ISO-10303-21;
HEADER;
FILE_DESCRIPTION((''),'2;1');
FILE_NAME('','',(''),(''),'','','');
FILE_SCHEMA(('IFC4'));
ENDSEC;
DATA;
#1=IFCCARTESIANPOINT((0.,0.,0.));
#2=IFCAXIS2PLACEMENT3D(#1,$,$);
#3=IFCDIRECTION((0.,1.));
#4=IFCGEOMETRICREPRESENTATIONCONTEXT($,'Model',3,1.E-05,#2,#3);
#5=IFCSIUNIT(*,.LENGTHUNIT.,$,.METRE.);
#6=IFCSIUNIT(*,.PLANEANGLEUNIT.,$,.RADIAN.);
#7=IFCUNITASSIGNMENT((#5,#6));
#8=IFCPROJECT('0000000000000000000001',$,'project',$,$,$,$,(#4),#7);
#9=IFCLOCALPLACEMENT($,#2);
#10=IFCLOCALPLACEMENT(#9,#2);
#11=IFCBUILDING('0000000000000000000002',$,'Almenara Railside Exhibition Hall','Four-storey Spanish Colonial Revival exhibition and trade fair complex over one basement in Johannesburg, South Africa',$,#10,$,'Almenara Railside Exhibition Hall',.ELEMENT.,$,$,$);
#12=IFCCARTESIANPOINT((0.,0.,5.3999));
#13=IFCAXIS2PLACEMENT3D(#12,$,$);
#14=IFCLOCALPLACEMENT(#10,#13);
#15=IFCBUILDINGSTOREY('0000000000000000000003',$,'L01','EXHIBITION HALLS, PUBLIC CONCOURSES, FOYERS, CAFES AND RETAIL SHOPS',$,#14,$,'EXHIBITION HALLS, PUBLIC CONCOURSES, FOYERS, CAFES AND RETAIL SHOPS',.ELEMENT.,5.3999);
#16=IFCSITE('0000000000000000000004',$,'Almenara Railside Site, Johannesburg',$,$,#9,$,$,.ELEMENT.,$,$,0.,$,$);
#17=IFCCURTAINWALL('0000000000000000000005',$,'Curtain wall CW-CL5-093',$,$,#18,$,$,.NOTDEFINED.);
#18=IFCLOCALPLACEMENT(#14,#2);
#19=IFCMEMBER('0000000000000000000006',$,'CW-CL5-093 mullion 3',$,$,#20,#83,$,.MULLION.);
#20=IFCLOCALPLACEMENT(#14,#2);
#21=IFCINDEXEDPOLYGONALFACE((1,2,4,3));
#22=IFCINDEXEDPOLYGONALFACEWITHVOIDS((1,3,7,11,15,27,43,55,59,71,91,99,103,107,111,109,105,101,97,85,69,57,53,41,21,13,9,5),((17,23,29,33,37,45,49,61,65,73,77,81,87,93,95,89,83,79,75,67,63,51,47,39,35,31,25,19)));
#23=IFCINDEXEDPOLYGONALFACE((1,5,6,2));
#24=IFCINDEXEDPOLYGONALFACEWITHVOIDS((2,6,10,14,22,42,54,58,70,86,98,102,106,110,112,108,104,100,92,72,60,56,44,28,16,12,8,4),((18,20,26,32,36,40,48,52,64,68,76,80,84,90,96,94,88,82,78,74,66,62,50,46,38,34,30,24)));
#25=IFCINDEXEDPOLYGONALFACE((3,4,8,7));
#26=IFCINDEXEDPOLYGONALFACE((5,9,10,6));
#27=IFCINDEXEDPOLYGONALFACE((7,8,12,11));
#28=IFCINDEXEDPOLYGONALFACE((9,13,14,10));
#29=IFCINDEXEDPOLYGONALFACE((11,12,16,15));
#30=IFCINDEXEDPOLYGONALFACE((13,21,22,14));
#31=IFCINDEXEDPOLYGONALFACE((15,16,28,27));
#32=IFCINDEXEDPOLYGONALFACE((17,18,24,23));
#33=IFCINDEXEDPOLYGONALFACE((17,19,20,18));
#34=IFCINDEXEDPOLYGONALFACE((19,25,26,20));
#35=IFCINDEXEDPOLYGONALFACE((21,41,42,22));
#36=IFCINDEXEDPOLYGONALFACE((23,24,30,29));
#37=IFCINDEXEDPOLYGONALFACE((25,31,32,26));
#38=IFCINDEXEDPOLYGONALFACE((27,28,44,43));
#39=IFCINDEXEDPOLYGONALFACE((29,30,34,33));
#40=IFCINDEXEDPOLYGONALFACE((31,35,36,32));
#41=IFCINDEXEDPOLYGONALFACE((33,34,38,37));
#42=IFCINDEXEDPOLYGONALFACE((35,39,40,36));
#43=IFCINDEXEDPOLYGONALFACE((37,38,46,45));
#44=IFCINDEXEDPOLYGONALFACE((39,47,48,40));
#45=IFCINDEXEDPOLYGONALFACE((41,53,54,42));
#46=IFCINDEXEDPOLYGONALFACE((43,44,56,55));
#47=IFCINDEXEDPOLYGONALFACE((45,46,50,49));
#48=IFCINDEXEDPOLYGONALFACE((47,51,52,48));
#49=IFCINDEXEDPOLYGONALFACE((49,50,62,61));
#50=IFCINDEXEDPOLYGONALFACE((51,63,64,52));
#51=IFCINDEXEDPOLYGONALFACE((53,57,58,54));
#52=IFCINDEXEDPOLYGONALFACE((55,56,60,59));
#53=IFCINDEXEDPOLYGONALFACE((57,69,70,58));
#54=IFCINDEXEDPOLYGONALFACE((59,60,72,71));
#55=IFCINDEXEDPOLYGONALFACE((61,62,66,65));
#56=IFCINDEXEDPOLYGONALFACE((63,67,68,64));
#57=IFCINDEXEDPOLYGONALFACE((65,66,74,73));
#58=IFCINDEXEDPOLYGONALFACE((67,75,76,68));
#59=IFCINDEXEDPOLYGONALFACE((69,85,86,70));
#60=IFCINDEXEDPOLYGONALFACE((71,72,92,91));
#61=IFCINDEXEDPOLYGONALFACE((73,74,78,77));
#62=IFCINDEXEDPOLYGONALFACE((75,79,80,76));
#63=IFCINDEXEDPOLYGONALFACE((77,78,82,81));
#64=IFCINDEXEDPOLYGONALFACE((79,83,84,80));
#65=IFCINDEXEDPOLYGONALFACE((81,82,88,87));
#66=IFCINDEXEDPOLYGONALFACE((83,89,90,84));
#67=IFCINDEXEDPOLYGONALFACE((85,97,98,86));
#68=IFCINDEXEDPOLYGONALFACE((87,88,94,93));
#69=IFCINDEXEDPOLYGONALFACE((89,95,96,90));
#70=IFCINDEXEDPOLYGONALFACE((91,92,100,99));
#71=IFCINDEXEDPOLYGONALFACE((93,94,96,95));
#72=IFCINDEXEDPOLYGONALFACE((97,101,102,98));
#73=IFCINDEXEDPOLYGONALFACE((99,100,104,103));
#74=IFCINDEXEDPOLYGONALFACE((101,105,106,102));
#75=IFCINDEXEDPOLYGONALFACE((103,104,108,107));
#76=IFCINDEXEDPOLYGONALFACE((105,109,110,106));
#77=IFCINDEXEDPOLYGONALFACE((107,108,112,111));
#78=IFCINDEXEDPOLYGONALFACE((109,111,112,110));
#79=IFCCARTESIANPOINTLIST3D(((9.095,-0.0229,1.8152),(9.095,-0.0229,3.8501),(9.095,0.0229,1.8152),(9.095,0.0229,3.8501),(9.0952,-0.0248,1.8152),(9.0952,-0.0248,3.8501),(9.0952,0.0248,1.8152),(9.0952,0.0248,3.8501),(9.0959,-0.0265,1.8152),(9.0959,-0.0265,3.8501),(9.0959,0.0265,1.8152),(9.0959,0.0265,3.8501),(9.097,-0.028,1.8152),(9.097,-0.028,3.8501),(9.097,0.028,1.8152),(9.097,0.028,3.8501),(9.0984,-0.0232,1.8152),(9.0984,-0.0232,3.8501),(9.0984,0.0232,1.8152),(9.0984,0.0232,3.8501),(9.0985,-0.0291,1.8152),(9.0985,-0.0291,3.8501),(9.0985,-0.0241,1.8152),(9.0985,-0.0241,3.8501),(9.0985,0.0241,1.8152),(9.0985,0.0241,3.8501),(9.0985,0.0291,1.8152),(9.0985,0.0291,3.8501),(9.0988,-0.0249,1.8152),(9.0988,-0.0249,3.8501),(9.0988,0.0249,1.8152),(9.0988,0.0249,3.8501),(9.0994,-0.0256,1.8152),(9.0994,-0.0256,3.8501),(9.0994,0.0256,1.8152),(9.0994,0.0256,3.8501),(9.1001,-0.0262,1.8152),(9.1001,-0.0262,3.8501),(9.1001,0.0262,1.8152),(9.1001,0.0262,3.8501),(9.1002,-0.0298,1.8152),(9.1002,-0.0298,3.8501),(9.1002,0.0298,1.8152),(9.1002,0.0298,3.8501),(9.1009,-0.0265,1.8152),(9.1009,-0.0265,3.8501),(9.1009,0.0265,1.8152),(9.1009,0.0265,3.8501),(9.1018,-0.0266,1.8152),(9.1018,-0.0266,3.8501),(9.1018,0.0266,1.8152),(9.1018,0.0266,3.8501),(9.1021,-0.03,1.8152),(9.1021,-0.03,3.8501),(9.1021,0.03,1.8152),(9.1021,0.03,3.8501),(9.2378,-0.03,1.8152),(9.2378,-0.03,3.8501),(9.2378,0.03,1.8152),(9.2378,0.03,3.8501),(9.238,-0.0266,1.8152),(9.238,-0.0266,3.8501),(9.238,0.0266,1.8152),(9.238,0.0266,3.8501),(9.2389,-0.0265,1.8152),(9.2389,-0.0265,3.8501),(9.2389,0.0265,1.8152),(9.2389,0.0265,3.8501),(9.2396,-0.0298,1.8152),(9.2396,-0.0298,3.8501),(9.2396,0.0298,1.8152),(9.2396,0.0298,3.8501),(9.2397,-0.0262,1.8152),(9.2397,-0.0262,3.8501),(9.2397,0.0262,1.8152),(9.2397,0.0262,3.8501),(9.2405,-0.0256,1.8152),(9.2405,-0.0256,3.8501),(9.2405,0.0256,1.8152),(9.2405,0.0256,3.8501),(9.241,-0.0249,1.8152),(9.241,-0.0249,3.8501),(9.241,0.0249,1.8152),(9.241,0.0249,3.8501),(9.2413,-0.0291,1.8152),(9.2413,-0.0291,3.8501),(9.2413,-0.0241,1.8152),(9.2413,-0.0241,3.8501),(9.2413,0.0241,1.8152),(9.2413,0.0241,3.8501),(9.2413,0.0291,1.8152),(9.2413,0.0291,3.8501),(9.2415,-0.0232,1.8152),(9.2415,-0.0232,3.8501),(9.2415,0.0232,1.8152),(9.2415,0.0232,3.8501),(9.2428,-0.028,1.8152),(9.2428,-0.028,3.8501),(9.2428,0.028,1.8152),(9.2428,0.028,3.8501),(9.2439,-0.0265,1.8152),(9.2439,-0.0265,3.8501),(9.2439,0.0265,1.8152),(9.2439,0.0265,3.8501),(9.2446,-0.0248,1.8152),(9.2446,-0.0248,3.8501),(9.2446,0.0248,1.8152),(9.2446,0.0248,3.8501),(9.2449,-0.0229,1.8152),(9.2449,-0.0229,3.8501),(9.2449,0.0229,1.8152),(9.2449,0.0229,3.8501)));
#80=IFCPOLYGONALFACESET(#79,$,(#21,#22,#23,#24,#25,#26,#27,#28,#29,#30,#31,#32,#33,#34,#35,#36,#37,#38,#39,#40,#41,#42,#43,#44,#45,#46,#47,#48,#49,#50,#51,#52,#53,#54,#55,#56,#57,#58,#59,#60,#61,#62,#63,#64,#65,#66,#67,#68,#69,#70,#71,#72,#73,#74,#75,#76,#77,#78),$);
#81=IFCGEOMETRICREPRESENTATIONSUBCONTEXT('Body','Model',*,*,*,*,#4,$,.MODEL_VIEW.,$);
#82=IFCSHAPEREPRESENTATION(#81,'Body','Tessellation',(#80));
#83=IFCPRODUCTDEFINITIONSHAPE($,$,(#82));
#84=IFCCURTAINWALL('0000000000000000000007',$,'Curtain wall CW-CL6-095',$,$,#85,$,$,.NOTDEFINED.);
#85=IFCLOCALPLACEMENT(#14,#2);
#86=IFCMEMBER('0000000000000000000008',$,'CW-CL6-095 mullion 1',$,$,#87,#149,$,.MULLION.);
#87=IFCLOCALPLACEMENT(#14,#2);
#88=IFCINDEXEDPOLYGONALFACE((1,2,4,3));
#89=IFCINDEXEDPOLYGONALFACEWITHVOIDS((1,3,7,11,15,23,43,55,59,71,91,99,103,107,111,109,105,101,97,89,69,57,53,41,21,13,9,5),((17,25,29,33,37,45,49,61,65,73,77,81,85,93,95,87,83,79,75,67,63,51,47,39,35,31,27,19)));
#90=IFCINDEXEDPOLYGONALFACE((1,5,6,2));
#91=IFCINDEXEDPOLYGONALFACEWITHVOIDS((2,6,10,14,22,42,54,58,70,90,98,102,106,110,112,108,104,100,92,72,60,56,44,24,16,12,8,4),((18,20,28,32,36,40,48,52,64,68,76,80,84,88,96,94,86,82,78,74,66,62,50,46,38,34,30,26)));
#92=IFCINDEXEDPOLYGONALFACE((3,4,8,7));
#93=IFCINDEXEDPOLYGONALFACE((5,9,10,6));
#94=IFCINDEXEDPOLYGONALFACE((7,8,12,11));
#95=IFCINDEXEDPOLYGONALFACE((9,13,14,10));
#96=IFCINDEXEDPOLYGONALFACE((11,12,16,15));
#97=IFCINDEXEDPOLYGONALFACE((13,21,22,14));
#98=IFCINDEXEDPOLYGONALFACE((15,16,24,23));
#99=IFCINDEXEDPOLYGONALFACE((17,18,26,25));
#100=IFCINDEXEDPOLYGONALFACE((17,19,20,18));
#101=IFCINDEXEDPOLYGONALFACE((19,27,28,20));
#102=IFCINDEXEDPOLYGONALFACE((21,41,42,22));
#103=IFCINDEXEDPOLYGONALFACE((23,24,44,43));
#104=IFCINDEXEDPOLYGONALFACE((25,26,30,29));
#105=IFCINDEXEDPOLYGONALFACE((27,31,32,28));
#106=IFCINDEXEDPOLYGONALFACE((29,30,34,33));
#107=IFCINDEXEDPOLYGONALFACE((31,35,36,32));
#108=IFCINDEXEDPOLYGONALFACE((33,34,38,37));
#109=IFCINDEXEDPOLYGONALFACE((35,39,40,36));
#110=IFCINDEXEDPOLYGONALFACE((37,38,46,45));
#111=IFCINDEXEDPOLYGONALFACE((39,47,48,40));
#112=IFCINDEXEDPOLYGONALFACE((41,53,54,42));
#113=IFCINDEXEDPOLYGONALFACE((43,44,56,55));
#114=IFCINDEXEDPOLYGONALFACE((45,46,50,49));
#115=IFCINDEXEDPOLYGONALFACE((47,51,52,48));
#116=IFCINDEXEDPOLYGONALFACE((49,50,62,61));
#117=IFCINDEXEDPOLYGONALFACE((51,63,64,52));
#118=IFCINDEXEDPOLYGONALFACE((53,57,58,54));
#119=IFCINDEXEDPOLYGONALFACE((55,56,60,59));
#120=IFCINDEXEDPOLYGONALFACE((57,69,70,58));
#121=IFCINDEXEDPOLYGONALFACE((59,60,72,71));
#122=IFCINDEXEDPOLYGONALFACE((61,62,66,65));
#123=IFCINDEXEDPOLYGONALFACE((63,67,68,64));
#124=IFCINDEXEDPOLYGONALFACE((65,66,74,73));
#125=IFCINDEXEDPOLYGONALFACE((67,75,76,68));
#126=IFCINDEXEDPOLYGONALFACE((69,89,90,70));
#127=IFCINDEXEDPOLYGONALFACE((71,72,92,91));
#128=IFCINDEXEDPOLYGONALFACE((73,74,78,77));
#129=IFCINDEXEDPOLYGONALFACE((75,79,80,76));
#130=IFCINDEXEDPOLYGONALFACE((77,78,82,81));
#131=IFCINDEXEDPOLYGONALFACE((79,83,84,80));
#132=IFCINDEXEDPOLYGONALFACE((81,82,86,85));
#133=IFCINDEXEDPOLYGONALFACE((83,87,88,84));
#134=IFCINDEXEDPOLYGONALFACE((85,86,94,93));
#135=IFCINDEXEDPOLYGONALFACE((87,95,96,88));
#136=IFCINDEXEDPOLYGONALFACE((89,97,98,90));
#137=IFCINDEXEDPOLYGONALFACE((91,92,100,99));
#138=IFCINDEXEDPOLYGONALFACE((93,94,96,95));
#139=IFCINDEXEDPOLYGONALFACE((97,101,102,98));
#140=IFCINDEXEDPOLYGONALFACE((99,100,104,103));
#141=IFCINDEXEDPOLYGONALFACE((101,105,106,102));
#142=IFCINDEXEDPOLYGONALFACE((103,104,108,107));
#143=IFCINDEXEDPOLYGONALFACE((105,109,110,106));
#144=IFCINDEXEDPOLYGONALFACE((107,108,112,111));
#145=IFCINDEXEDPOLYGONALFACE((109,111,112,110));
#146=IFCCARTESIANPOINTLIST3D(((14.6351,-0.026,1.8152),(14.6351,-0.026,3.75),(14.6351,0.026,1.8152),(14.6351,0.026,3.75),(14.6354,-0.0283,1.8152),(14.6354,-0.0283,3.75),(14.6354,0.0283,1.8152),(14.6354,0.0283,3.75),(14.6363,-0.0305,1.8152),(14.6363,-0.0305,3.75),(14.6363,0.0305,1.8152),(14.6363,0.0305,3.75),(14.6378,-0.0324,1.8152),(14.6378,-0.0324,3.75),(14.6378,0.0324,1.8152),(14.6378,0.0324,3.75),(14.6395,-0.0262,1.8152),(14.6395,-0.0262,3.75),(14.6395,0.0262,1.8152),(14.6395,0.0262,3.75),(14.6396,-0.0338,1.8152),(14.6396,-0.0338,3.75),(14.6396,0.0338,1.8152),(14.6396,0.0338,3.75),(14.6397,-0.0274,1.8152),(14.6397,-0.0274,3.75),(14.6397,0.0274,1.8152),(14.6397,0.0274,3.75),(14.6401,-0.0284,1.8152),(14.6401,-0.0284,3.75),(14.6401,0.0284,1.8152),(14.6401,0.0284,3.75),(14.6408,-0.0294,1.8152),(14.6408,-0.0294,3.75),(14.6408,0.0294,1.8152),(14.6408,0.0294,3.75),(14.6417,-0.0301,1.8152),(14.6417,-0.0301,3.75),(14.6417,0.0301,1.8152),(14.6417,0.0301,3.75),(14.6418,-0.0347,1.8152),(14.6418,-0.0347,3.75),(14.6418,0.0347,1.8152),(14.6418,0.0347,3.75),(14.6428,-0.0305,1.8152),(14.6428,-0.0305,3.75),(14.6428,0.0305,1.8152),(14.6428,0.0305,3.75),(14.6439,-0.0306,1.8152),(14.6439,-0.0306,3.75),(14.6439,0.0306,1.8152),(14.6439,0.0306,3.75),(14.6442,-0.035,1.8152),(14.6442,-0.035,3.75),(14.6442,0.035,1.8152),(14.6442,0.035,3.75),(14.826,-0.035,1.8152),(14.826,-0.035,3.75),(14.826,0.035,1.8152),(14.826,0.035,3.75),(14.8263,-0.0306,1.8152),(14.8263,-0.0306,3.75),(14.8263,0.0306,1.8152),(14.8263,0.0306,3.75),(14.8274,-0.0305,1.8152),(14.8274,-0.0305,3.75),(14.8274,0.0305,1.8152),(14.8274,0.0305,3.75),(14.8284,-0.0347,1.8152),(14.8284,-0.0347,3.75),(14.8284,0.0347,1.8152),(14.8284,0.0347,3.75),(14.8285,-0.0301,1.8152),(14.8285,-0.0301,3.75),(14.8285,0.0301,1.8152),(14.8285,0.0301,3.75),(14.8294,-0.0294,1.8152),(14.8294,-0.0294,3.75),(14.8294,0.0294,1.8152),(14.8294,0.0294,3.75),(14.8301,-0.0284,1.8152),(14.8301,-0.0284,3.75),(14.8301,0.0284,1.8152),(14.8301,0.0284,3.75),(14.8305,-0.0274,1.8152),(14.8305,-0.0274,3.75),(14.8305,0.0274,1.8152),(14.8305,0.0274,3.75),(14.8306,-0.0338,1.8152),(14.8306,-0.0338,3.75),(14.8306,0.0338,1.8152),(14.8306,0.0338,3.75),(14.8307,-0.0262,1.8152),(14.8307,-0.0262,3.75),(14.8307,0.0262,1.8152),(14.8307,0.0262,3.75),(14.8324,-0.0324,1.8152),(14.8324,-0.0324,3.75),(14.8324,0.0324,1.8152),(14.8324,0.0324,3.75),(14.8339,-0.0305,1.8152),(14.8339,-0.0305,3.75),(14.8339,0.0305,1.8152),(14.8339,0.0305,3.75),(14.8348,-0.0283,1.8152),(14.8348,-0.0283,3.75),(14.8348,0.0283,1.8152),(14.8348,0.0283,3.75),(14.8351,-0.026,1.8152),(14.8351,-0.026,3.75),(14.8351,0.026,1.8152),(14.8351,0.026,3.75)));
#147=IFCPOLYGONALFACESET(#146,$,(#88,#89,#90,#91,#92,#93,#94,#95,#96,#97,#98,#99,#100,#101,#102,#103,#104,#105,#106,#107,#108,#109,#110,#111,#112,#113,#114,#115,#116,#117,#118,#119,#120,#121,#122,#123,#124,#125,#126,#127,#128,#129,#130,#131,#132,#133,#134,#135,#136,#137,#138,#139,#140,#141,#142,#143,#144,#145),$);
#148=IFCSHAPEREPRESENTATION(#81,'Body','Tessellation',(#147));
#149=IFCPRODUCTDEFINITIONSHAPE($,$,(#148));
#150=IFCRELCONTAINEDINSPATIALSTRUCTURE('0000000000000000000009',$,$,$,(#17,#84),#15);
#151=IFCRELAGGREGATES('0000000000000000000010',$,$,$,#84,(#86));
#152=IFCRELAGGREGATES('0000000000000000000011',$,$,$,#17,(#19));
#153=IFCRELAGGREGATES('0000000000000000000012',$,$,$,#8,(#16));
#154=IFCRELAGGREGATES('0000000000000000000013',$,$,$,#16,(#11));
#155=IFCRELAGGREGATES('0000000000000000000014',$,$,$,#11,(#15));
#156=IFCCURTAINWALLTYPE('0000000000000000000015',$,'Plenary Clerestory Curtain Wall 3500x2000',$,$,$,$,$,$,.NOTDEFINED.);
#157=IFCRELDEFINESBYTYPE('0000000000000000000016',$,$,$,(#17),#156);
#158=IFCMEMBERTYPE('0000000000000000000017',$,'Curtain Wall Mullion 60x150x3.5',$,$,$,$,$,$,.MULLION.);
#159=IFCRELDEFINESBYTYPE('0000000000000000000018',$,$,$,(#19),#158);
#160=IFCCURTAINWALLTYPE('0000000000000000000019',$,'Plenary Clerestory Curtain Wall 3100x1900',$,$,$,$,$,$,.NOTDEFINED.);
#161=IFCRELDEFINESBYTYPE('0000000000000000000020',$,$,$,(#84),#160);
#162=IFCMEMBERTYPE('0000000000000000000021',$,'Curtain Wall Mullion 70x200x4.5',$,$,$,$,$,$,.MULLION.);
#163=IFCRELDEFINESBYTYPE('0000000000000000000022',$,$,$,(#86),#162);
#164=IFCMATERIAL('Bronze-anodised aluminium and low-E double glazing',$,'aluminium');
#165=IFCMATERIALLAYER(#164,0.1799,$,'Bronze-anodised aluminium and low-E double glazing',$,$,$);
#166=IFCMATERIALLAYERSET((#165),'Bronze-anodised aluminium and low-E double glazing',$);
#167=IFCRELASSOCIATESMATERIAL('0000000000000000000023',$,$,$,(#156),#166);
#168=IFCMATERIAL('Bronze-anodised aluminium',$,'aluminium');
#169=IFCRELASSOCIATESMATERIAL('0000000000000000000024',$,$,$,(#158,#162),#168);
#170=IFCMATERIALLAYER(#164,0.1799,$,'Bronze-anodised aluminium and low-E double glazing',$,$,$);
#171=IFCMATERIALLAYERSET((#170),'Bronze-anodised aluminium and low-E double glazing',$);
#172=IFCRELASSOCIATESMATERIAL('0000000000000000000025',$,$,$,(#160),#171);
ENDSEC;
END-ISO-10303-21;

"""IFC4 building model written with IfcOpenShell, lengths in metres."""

from ifc_helpers import new_model, si_unit, direction, frame, origin, origin_2d, place, context, subcontext, project, spatial, hollow_rectangle, extrude, material, layer, layer_set, material_profile, profile_set, type_object, element, aggregate, save


model = new_model("IFC4")

# Units and contexts
model_context = context("Model", 3, precision=1e-05, world=origin(), true_north=direction((0.0, 1.0)))
body_context = subcontext(model_context, "Body", "Model", "MODEL_VIEW")
ifc_project = project(units=[si_unit("LENGTHUNIT", "METRE"), si_unit("PLANEANGLEUNIT", "RADIAN")], contexts=[model_context])

# Site, building, storey
site_placement = place(None, origin())
site = spatial("IfcSite", under=ifc_project, at=site_placement, Name="Almenara Railside Site, Johannesburg", CompositionType="ELEMENT", RefElevation=0.0)
building_placement = place(site_placement, origin())
building = spatial("IfcBuilding", under=site, at=building_placement, Name="Almenara Railside Exhibition Hall", Description="Four-storey Spanish Colonial Revival exhibition and trade fair complex over one basement in Johannesburg, South Africa", LongName="Almenara Railside Exhibition Hall", CompositionType="ELEMENT")
storey_placement = place(building_placement, frame((0.0, 0.0, 5.3999)))
storey = spatial("IfcBuildingStorey", under=building, at=storey_placement, Name="L01", Description="EXHIBITION HALLS, PUBLIC CONCOURSES, FOYERS, CAFES AND RETAIL SHOPS", LongName="EXHIBITION HALLS, PUBLIC CONCOURSES, FOYERS, CAFES AND RETAIL SHOPS", CompositionType="ELEMENT", Elevation=5.3999)

# Curtain walls, members
ifc_material_1 = material(Name="Bronze-anodised aluminium and low-E double glazing", Category="aluminium")
ifc_layer_1 = layer(ifc_material_1, 0.1799, Name="Bronze-anodised aluminium and low-E double glazing")
ifc_layer_set_1 = layer_set([ifc_layer_1], Name="Bronze-anodised aluminium and low-E double glazing")
curtain_wall_type_1 = type_object("IfcCurtainWallType", Name="Plenary Clerestory Curtain Wall 3500x2000", PredefinedType="NOTDEFINED", material=ifc_layer_set_1)
curtain_wall_1_placement = place(storey_placement, origin())
curtain_wall_1 = element("IfcCurtainWall", 1, at=curtain_wall_1_placement, inside=storey, type_object=curtain_wall_type_1, Name="Curtain wall CW-CL5-093", PredefinedType="NOTDEFINED")
ifc_material_2 = material(Name="Bronze-anodised aluminium", Category="aluminium")
ifc_material_profile_1 = material_profile(ifc_material_2, hollow_rectangle(XDim=0.0601, YDim=0.1499, WallThickness=0.0034, InnerFilletRadius=0.0034, OuterFilletRadius=0.0071, at=origin_2d()), Name="ALU-MUL 60x150x3.5")
ifc_profile_set_1 = profile_set([ifc_material_profile_1], Name="Bronze-anodised aluminium")
member_type_1 = type_object("IfcMemberType", Name="Curtain Wall Mullion 60x150x3.5", PredefinedType="MULLION", material=ifc_profile_set_1)
member_1_placement = place(storey_placement, frame((9.1699, 0.0, 1.8152), z_axis=(0.0, 0.0, 1.0), x_axis=(0.0, 1.0, 0.0)))
member_1 = element("IfcMember", 2, at=member_1_placement, type_object=member_type_1, Name="CW-CL5-093 mullion 3", PredefinedType="MULLION", context=body_context, shape_type="SweptSolid", body=[
    extrude(hollow_rectangle(XDim=0.0601, YDim=0.1499, WallThickness=0.0034, InnerFilletRadius=0.0034, OuterFilletRadius=0.0071, at=origin_2d()), origin(), (0.0, 0.0, 1.0), 2.0349),
])
ifc_layer_2 = layer(ifc_material_1, 0.1799, Name="Bronze-anodised aluminium and low-E double glazing")
ifc_layer_set_2 = layer_set([ifc_layer_2], Name="Bronze-anodised aluminium and low-E double glazing")
curtain_wall_type_2 = type_object("IfcCurtainWallType", Name="Plenary Clerestory Curtain Wall 3100x1900", PredefinedType="NOTDEFINED", material=ifc_layer_set_2)
curtain_wall_2_placement = place(storey_placement, origin())
curtain_wall_2 = element("IfcCurtainWall", 3, at=curtain_wall_2_placement, inside=storey, type_object=curtain_wall_type_2, Name="Curtain wall CW-CL6-095", PredefinedType="NOTDEFINED")
ifc_material_profile_2 = material_profile(ifc_material_2, hollow_rectangle(XDim=0.0701, YDim=0.2, WallThickness=0.0044, InnerFilletRadius=0.0044, OuterFilletRadius=0.009, at=origin_2d()), Name="ALU-MUL 70x200x4.5")
ifc_profile_set_2 = profile_set([ifc_material_profile_2], Name="Bronze-anodised aluminium")
member_type_2 = type_object("IfcMemberType", Name="Curtain Wall Mullion 70x200x4.5", PredefinedType="MULLION", material=ifc_profile_set_2)
member_2_placement = place(storey_placement, frame((14.7351, 0.0, 1.8152), z_axis=(0.0, 0.0, 1.0), x_axis=(0.0, 1.0, 0.0)))
member_2 = element("IfcMember", 4, at=member_2_placement, type_object=member_type_2, Name="CW-CL6-095 mullion 1", PredefinedType="MULLION", context=body_context, shape_type="SweptSolid", body=[
    extrude(hollow_rectangle(XDim=0.0701, YDim=0.2, WallThickness=0.0044, InnerFilletRadius=0.0044, OuterFilletRadius=0.009, at=origin_2d()), origin(), (0.0, 0.0, 1.0), 1.9348),
])

aggregate(curtain_wall_2, [member_2])
aggregate(curtain_wall_1, [member_1])

save(model, "model.ifc")
